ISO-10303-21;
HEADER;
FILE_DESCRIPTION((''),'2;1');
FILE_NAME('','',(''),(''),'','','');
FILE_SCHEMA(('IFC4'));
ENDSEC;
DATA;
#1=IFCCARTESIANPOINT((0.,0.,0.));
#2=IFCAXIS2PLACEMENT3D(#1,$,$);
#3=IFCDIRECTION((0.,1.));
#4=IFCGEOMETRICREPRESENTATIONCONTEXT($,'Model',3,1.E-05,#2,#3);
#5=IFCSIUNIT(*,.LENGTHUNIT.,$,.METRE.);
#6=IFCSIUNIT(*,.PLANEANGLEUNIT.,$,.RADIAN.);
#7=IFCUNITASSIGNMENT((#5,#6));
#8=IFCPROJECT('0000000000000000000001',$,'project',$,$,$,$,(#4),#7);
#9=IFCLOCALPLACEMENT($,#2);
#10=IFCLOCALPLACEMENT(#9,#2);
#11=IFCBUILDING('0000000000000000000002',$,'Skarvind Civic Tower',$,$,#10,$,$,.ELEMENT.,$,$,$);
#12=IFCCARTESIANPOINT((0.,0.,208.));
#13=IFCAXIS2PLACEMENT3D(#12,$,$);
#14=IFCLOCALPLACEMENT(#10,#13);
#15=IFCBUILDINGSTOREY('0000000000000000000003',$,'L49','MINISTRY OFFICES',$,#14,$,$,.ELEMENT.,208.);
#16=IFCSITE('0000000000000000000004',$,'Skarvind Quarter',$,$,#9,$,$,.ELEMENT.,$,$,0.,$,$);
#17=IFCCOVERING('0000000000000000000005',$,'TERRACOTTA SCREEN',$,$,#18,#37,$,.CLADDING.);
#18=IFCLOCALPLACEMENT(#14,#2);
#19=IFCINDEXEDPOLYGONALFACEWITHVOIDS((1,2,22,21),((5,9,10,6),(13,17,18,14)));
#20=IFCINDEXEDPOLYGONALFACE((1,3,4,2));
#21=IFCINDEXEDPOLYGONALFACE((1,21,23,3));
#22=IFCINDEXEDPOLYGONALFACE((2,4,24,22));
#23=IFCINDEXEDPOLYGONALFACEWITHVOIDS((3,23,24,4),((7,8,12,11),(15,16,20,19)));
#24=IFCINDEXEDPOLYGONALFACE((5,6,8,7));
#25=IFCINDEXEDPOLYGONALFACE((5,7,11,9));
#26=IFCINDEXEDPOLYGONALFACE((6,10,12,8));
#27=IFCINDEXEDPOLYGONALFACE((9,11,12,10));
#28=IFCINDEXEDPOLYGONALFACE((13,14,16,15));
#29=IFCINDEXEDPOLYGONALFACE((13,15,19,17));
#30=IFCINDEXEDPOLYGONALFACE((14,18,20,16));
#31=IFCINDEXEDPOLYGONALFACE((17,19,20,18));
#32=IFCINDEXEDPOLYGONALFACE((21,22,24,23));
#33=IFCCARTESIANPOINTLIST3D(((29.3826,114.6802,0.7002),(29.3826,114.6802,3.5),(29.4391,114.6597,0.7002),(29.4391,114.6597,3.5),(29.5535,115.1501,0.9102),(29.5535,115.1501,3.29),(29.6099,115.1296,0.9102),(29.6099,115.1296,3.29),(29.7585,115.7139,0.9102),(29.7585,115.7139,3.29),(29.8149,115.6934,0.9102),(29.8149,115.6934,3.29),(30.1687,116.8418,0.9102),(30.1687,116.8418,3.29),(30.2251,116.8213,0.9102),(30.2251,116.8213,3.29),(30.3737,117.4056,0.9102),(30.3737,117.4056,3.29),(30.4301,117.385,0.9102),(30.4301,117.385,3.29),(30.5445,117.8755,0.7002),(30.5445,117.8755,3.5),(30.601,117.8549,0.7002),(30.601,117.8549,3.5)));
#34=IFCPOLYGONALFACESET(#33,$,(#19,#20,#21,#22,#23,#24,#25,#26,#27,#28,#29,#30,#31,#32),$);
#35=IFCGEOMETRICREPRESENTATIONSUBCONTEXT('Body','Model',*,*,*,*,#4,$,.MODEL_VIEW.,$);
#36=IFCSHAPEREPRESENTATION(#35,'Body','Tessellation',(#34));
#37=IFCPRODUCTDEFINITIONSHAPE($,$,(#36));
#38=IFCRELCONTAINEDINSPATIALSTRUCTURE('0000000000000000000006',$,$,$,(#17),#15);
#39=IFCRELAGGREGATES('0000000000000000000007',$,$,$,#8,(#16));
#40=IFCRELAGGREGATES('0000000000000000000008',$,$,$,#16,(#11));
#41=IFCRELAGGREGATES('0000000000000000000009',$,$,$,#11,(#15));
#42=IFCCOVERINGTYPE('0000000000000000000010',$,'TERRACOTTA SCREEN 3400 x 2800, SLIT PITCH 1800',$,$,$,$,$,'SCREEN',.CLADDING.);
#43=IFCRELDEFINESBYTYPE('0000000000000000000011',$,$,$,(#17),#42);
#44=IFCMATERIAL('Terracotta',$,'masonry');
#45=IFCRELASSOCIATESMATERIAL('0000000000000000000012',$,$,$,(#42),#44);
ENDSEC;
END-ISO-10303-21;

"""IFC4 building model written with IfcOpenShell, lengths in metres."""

from ifc_helpers import new_model, si_unit, direction, frame, origin, place, context, subcontext, project, spatial, polyline, outline, extrude, material, material_profile, profile_set, type_object, element, save


model = new_model("IFC4")

# Units and contexts
model_context = context("Model", 3, precision=1e-05, world=origin(), true_north=direction((0.0, 1.0)))
body_context = subcontext(model_context, "Body", "Model", "MODEL_VIEW")
ifc_project = project(units=[si_unit("LENGTHUNIT", "METRE"), si_unit("PLANEANGLEUNIT", "RADIAN")], contexts=[model_context])

# Site, building, storey
site_placement = place(None, origin())
site = spatial("IfcSite", under=ifc_project, at=site_placement, Name="Skarvind Quarter", CompositionType="ELEMENT", RefElevation=0.0)
building_placement = place(site_placement, origin())
building = spatial("IfcBuilding", under=site, at=building_placement, Name="Skarvind Civic Tower", CompositionType="ELEMENT")
storey_placement = place(building_placement, frame((0.0, 0.0, 208.0)))
storey = spatial("IfcBuildingStorey", under=building, at=storey_placement, Name="L49", Description="MINISTRY OFFICES", CompositionType="ELEMENT", Elevation=208.0)

# Covering
ifc_material_1 = material(Name="Terracotta", Category="masonry")
ifc_material_profile_1 = material_profile(ifc_material_1, outline(polyline([(-1.7, -1.3999), (1.7, -1.3999), (1.7, 1.3999), (-1.7, 1.3999), (-1.7, -1.3999)]), holes=[polyline([(-1.2, -1.1899), (-0.6001, -1.1899), (-0.6001, 1.1899), (-1.2, 1.1899), (-1.2, -1.1899)]), polyline([(0.6001, -1.1899), (1.2, -1.1899), (1.2, 1.1899), (0.6001, 1.1899), (0.6001, -1.1899)])]), Name="TERRACOTTA SCREEN 3400 x 2800, SLIT PITCH 1800")
ifc_profile_set_1 = profile_set([ifc_material_profile_1], Name="Terracotta")
covering_type = type_object("IfcCoveringType", Name="TERRACOTTA SCREEN 3400 x 2800, SLIT PITCH 1800", ElementType="SCREEN", PredefinedType="CLADDING", material=ifc_profile_set_1)
covering_placement = place(storey_placement, frame((30.02, 116.2573, 2.1001), z_axis=(-0.939793, 0.341743, 0.0), x_axis=(-0.341743, -0.939793, 0.0)))
element("IfcCovering", 1, at=covering_placement, inside=storey, type_object=covering_type, Name="TERRACOTTA SCREEN", PredefinedType="CLADDING", context=body_context, shape_type="SweptSolid", body=[
    extrude(outline(polyline([(-1.7, -1.3999), (1.7, -1.3999), (1.7, 1.3999), (-1.7, 1.3999), (-1.7, -1.3999)]), holes=[polyline([(-1.2, -1.1899), (-0.6001, -1.1899), (-0.6001, 1.1899), (-1.2, 1.1899), (-1.2, -1.1899)]), polyline([(0.6001, -1.1899), (1.2, -1.1899), (1.2, 1.1899), (0.6001, 1.1899), (0.6001, -1.1899)])]), origin(), (0.0, 0.0, 1.0), 0.0601),
])

save(model, "model.ifc")
